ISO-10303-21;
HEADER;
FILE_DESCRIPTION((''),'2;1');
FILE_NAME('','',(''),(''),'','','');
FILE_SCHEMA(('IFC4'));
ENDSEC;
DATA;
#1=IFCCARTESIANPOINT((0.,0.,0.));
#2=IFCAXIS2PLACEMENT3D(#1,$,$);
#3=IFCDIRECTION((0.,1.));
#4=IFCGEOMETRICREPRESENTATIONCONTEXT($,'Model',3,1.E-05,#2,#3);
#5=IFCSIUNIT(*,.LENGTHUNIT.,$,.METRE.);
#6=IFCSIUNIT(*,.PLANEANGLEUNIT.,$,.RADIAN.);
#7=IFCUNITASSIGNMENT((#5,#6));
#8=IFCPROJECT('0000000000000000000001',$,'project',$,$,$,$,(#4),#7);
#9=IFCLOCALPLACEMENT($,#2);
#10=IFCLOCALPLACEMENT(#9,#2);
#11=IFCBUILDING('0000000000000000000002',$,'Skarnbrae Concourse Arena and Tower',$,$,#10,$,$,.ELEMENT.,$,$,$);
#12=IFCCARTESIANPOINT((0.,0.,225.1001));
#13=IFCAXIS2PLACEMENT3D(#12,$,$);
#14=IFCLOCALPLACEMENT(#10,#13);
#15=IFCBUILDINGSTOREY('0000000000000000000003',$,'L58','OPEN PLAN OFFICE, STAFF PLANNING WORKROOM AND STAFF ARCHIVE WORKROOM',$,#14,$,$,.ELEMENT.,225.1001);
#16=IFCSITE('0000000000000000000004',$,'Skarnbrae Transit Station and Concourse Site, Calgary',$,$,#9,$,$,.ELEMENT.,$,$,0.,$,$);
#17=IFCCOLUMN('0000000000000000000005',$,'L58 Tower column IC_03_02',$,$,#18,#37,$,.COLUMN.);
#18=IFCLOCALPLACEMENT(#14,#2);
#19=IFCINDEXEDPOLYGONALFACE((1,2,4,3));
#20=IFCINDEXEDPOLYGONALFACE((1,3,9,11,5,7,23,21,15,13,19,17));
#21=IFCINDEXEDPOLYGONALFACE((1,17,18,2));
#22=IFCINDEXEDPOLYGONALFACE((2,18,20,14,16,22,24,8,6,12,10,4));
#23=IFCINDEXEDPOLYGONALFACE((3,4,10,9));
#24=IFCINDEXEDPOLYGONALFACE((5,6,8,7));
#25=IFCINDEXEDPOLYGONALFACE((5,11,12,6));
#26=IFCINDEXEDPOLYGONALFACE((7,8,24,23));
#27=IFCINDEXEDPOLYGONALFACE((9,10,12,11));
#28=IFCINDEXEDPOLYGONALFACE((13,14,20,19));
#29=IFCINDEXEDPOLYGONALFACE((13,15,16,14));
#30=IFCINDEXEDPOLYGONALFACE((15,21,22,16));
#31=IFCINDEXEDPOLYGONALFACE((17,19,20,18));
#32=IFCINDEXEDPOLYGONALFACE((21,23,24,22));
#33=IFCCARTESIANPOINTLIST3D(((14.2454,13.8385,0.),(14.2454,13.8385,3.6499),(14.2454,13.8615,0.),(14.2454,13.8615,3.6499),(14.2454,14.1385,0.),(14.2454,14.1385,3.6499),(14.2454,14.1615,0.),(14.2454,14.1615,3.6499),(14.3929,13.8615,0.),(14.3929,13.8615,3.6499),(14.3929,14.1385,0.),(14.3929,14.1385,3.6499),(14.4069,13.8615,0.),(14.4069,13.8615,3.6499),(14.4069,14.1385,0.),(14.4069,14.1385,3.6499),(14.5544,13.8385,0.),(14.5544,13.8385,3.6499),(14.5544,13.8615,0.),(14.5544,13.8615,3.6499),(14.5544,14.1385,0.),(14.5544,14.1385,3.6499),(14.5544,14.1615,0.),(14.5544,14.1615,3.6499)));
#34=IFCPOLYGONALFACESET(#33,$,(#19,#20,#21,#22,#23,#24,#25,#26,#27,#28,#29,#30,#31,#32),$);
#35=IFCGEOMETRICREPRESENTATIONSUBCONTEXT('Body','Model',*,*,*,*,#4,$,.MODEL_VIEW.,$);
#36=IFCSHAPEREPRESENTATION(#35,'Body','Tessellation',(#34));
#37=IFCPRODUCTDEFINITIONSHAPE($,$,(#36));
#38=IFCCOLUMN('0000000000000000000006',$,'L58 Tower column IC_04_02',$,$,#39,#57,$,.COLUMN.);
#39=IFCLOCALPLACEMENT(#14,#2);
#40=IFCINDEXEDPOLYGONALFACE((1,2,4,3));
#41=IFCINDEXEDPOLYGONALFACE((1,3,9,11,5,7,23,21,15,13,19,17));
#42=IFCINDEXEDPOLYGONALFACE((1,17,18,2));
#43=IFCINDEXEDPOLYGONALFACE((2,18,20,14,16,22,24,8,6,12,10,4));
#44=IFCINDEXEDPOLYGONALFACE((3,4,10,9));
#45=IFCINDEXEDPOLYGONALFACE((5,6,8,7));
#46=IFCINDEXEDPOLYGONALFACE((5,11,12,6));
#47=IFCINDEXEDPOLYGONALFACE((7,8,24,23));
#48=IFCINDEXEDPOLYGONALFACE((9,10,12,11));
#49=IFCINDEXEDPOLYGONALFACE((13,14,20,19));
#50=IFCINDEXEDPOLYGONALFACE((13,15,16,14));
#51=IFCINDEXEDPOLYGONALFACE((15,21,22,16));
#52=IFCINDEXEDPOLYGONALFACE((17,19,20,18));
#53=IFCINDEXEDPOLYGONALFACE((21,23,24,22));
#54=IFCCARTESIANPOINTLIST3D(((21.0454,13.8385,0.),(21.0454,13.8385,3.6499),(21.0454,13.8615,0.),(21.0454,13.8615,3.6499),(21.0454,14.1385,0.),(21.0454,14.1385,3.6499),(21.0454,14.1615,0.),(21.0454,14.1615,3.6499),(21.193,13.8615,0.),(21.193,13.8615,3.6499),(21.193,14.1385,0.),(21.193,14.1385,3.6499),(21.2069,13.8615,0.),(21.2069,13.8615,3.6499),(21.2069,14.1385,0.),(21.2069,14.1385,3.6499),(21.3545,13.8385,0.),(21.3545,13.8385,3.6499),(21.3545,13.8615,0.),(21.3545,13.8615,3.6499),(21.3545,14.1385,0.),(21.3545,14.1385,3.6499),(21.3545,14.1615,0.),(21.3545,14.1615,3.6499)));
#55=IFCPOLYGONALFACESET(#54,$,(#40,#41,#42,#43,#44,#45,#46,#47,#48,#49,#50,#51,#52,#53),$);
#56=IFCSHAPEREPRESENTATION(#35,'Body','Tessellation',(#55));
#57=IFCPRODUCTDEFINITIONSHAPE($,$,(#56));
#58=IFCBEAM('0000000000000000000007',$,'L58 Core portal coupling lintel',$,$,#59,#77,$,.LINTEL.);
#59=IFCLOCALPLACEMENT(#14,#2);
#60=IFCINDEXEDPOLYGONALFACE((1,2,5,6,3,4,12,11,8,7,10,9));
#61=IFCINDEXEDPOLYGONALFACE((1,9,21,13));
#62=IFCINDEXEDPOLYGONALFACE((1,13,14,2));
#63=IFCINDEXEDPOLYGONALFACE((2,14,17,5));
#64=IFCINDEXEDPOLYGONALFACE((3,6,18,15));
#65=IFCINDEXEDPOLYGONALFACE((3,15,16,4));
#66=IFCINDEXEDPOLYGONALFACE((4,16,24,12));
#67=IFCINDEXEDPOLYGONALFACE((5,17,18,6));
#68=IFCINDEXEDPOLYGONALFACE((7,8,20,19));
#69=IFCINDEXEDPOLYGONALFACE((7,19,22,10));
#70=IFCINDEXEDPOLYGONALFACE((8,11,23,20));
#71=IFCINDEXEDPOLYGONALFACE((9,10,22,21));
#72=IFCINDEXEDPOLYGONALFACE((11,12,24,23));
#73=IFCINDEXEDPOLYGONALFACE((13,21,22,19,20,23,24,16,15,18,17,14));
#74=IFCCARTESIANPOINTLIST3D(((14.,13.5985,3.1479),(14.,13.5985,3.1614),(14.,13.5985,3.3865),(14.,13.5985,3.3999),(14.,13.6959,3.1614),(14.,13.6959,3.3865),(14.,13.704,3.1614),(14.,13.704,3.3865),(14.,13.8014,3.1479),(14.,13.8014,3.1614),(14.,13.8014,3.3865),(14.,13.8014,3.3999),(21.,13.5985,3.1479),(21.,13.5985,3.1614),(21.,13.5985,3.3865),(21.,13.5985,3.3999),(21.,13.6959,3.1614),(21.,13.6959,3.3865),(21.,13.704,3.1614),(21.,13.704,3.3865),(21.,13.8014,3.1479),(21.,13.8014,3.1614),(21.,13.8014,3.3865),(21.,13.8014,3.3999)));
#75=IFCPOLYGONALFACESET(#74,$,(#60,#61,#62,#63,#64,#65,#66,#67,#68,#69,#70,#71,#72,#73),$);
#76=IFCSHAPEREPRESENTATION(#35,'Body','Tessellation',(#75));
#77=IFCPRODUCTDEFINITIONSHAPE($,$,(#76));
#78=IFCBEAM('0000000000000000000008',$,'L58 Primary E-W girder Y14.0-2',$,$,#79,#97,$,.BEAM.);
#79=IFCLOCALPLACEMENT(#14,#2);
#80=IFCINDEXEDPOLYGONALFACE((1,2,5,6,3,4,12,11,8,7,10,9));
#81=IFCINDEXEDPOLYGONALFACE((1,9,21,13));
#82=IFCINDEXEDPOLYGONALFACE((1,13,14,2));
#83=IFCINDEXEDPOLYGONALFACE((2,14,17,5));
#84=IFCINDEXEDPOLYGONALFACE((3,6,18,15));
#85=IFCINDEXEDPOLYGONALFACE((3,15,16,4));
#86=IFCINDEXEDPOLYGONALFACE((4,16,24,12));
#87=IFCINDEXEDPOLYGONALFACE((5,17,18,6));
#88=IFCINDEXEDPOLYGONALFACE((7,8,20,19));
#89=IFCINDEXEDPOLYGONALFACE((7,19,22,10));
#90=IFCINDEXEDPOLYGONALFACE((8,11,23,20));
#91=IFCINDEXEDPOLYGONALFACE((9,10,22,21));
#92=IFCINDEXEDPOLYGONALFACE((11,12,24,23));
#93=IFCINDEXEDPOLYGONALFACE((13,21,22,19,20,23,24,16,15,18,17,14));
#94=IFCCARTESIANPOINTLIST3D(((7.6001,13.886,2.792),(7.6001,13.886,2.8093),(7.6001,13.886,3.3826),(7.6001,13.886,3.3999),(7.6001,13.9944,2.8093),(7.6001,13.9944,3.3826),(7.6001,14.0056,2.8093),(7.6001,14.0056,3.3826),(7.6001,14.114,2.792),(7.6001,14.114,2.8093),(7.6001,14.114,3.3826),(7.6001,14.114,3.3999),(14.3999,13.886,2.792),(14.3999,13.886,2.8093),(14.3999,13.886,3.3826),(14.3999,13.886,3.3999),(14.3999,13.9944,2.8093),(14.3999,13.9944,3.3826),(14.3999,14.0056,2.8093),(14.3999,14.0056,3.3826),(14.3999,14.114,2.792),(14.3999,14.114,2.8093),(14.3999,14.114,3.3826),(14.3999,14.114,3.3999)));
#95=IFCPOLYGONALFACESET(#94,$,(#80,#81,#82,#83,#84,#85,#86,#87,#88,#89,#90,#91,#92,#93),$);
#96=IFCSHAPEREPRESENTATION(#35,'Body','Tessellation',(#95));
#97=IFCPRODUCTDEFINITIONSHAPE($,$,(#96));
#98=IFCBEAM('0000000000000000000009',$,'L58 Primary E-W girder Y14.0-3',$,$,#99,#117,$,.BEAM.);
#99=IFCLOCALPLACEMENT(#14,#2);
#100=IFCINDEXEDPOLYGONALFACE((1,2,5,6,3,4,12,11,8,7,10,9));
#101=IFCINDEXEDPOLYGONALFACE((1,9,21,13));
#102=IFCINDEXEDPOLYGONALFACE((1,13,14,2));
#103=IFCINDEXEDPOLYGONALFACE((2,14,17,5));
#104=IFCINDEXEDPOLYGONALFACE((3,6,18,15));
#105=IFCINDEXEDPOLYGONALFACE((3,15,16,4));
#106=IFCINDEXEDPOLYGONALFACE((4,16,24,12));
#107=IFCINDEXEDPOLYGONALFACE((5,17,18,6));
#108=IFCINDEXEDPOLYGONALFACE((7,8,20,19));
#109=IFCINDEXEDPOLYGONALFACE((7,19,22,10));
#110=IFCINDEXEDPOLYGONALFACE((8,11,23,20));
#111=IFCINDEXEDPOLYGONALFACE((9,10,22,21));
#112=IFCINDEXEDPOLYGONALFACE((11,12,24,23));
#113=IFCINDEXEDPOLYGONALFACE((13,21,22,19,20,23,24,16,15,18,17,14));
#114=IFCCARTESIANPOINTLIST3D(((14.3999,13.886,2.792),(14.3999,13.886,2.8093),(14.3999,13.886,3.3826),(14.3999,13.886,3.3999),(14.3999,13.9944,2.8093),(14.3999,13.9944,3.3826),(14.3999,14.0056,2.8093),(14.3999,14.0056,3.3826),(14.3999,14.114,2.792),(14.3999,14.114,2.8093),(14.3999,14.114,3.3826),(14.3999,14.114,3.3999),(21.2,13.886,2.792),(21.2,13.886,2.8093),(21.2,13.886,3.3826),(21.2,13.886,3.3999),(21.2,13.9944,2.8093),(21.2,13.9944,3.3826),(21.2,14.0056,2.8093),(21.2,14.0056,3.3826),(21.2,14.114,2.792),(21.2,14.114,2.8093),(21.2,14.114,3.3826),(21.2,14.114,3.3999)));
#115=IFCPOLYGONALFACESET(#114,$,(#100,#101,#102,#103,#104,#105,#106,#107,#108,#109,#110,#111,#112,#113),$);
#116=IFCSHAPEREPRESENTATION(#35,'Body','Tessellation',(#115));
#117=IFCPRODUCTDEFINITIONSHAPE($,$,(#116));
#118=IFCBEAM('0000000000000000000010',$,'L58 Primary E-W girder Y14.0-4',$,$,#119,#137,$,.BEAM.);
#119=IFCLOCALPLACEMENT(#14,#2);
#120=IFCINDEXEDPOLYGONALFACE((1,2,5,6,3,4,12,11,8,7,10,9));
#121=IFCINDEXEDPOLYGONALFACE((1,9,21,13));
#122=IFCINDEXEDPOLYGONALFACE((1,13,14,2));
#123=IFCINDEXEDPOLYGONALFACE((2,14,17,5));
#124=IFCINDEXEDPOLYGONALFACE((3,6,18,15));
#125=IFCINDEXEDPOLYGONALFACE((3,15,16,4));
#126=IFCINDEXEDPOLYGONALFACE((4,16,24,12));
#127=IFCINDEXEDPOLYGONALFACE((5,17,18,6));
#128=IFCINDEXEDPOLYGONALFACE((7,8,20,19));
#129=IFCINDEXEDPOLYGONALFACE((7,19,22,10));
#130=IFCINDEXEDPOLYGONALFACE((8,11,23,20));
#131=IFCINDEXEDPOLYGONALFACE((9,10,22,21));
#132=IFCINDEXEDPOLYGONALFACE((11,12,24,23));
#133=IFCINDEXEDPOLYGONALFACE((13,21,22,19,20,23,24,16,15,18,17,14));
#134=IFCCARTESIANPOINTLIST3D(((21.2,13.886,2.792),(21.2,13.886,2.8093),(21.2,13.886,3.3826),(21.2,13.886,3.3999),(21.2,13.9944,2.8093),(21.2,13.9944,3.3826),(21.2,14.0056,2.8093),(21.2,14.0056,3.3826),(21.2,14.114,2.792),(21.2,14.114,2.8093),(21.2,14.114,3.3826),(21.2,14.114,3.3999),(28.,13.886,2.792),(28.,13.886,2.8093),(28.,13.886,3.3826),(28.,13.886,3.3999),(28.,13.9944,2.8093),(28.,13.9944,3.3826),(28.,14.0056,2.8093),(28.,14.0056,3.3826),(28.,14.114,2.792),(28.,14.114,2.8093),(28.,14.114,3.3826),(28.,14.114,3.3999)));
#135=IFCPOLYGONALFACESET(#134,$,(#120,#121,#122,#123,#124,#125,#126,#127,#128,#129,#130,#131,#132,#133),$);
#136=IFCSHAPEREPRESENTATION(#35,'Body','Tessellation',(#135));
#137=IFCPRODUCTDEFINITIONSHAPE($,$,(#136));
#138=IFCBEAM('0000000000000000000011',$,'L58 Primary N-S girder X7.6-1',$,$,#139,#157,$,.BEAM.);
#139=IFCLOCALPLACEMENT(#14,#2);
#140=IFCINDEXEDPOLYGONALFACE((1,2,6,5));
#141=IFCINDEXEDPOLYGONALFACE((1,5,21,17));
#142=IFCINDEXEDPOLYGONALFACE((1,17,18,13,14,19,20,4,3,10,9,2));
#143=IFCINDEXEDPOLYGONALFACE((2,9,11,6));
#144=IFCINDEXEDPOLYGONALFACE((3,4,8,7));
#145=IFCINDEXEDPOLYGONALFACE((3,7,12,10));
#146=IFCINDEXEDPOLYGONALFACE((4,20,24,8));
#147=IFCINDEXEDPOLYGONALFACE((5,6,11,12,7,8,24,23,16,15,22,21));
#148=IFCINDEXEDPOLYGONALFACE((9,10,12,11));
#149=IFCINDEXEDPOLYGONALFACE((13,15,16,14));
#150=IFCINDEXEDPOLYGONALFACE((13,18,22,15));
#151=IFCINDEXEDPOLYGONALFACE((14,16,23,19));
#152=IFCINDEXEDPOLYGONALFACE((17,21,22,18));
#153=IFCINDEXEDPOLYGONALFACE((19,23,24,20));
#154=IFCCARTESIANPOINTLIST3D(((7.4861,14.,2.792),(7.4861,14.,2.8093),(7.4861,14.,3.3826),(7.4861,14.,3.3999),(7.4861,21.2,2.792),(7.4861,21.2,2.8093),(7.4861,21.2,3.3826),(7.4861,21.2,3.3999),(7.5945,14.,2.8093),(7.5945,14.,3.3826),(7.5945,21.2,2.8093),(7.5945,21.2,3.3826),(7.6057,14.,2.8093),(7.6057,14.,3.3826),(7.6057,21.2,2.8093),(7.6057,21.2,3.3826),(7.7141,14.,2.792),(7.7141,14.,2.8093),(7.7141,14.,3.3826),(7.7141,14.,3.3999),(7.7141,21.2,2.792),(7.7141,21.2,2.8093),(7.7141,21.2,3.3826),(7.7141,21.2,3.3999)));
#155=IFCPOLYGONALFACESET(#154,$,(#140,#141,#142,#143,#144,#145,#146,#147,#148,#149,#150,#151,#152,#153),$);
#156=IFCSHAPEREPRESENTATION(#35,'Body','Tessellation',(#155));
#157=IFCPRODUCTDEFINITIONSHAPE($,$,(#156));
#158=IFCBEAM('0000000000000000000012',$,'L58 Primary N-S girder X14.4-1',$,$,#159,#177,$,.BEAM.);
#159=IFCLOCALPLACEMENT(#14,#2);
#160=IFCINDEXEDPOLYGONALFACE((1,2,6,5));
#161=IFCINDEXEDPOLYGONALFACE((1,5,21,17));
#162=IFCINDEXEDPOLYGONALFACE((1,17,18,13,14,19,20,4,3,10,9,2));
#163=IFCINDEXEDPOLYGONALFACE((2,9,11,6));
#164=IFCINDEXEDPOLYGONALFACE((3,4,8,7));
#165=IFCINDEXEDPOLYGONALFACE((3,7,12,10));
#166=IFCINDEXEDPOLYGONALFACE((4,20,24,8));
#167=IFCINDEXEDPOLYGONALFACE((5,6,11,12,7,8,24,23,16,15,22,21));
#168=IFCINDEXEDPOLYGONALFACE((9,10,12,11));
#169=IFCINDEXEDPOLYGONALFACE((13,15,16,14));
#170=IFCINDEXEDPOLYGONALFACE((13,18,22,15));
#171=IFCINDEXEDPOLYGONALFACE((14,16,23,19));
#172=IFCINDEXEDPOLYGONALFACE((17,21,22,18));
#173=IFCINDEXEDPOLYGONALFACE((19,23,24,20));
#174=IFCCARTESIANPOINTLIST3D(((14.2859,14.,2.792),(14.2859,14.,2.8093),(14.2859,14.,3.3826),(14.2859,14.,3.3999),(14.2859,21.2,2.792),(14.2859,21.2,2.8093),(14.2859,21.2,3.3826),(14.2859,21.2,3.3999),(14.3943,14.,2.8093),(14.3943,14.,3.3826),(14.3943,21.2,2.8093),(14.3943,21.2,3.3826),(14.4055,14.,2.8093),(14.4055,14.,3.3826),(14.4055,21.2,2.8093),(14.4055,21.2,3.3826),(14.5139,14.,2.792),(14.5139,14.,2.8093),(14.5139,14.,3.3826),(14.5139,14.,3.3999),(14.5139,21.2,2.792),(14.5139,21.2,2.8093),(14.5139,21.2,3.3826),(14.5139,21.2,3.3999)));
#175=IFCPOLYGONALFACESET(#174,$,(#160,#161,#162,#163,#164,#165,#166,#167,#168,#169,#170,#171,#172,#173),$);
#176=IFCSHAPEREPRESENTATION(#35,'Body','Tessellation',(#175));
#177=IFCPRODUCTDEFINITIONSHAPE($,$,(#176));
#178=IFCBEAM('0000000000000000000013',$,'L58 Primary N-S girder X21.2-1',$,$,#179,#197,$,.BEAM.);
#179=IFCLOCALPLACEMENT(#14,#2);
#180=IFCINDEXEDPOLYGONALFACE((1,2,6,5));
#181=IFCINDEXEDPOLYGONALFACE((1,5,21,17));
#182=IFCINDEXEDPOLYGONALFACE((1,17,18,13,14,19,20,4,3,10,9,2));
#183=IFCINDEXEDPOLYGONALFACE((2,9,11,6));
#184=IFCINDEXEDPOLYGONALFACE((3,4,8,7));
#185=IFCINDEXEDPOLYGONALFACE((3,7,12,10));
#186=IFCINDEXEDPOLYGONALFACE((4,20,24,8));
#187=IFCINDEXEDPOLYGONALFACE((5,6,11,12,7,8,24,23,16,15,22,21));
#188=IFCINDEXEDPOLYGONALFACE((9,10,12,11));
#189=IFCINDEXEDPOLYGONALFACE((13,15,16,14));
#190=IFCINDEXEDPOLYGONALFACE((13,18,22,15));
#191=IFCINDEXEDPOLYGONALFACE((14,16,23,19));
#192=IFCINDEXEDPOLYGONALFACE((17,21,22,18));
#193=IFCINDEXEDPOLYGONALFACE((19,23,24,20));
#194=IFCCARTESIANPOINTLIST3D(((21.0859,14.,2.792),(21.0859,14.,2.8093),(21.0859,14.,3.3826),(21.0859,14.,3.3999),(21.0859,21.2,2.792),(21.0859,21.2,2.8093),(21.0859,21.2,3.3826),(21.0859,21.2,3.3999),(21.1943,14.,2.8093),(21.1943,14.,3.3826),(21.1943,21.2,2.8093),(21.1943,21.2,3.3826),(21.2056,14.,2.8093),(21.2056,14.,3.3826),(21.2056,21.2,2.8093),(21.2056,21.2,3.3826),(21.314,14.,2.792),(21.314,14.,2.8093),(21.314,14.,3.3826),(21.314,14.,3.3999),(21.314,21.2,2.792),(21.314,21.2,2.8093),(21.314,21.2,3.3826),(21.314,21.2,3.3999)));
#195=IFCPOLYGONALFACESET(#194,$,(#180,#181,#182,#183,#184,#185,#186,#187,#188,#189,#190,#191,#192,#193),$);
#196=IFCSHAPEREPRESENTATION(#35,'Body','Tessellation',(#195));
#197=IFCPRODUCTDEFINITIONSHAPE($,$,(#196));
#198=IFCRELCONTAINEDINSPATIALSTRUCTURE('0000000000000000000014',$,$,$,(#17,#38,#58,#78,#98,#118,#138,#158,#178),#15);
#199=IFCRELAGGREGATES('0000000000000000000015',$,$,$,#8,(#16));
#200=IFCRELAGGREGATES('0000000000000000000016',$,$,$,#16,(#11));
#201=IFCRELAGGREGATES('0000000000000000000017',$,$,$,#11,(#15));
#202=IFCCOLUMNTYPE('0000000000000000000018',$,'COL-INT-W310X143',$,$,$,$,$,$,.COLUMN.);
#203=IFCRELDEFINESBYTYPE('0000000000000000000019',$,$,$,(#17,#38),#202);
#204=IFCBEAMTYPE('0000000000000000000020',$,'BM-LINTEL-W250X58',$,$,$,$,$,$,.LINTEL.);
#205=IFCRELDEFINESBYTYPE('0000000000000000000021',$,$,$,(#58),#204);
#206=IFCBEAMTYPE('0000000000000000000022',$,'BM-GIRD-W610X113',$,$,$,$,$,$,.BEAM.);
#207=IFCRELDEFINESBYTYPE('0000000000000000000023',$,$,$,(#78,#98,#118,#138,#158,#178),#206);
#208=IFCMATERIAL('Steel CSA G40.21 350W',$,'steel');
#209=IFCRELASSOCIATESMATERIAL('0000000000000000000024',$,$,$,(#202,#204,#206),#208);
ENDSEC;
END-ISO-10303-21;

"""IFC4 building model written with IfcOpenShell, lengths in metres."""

from ifc_helpers import new_model, si_unit, direction, frame, origin, origin_2d, place, context, subcontext, project, spatial, i_section, extrude, source, transform, mapped, material, material_profile, profile_set, type_object, element, save


model = new_model("IFC4")

# Units and contexts
model_context = context("Model", 3, precision=1e-05, world=origin(), true_north=direction((0.0, 1.0)))
body_context = subcontext(model_context, "Body", "Model", "MODEL_VIEW")
ifc_project = project(units=[si_unit("LENGTHUNIT", "METRE"), si_unit("PLANEANGLEUNIT", "RADIAN")], contexts=[model_context])

# Site, building, storey
site_placement = place(None, origin())
site = spatial("IfcSite", under=ifc_project, at=site_placement, Name="Skarnbrae Transit Station and Concourse Site, Calgary", CompositionType="ELEMENT", RefElevation=0.0)
building_placement = place(site_placement, origin())
building = spatial("IfcBuilding", under=site, at=building_placement, Name="Skarnbrae Concourse Arena and Tower", CompositionType="ELEMENT")
storey_placement = place(building_placement, frame((0.0, 0.0, 225.1001)))
storey = spatial("IfcBuildingStorey", under=building, at=storey_placement, Name="L58", Description="OPEN PLAN OFFICE, STAFF PLANNING WORKROOM AND STAFF ARCHIVE WORKROOM", CompositionType="ELEMENT", Elevation=225.1001)

# Columns
ifc_material_1 = material(Name="Steel CSA G40.21 350W", Category="steel")
ifc_material_profile_1 = material_profile(ifc_material_1, i_section(OverallWidth=0.3091, OverallDepth=0.323, WebThickness=0.0139, FlangeThickness=0.0229, at=origin_2d()), Name="W310X143")
ifc_profile_set_1 = profile_set([ifc_material_profile_1], Name="Steel CSA G40.21 350W")
column_type = type_object("IfcColumnType", Name="COL-INT-W310X143", PredefinedType="COLUMN", material=ifc_profile_set_1)
shared_shape_1 = source(origin(), body_context, "Body", "SweptSolid", [
    extrude(i_section(OverallWidth=0.3091, OverallDepth=0.323, WebThickness=0.0139, FlangeThickness=0.0229, at=origin_2d()), origin(), (0.0, 0.0, 1.0), 3.6499),
])
for number, where, z_axis, x_axis, name in (
    (1, (14.3999, 14.0, 0.0), (0.0, 0.0, 1.0), (1.0, 0.0, 0.0), "L58 Tower column IC_03_02"),
    (2, (21.2, 14.0, 0.0), (0.0, 0.0, 1.0), (1.0, 0.0, 0.0), "L58 Tower column IC_04_02"),
):
    element("IfcColumn", number, at=place(storey_placement, frame(where, z_axis=z_axis, x_axis=x_axis)), inside=storey, type_object=column_type, Name=name, PredefinedType="COLUMN", context=body_context, shape_type="MappedRepresentation", body=[
        mapped(shared_shape_1, transform((0.0, 0.0, 0.0))),
    ])

# Beams
ifc_material_profile_2 = material_profile(ifc_material_1, i_section(OverallWidth=0.2029, OverallDepth=0.252, WebThickness=0.0081, FlangeThickness=0.0134, at=origin_2d()), Name="W250X58")
ifc_profile_set_2 = profile_set([ifc_material_profile_2], Name="Steel CSA G40.21 350W")
beam_type_1 = type_object("IfcBeamType", Name="BM-LINTEL-W250X58", PredefinedType="LINTEL", material=ifc_profile_set_2)
shared_shape_2 = source(origin(), body_context, "Body", "SweptSolid", [
    extrude(i_section(OverallWidth=0.2029, OverallDepth=0.252, WebThickness=0.0081, FlangeThickness=0.0134, at=origin_2d()), origin(), (0.0, 0.0, 1.0), 7.0),
])
beam_1_placement = place(storey_placement, frame((14.0, 13.7, 3.2739), z_axis=(1.0, 0.0, 0.0), x_axis=(0.0, 1.0, 0.0)))
element("IfcBeam", 3, at=beam_1_placement, inside=storey, type_object=beam_type_1, Name="L58 Core portal coupling lintel", PredefinedType="LINTEL", context=body_context, shape_type="MappedRepresentation", body=[
    mapped(shared_shape_2, transform((0.0, 0.0, 0.0))),
])
ifc_material_profile_3 = material_profile(ifc_material_1, i_section(OverallWidth=0.228, OverallDepth=0.6079, WebThickness=0.0112, FlangeThickness=0.0173, at=origin_2d()), Name="W610X113")
ifc_profile_set_3 = profile_set([ifc_material_profile_3], Name="Steel CSA G40.21 350W")
beam_type_2 = type_object("IfcBeamType", Name="BM-GIRD-W610X113", PredefinedType="BEAM", material=ifc_profile_set_3)
shared_shape_3 = source(origin(), body_context, "Body", "SweptSolid", [
    extrude(i_section(OverallWidth=0.228, OverallDepth=0.6079, WebThickness=0.0112, FlangeThickness=0.0173, at=origin_2d()), origin(), (0.0, 0.0, 1.0), 6.7998),
])
beam_2_placement = place(storey_placement, frame((7.6001, 14.0, 3.0959), z_axis=(1.0, 0.0, 0.0), x_axis=(0.0, 1.0, 0.0)))
element("IfcBeam", 4, at=beam_2_placement, inside=storey, type_object=beam_type_2, Name="L58 Primary E-W girder Y14.0-2", PredefinedType="BEAM", context=body_context, shape_type="MappedRepresentation", body=[
    mapped(shared_shape_3, transform((0.0, 0.0, 0.0))),
])
shared_shape_4 = source(origin(), body_context, "Body", "SweptSolid", [
    extrude(i_section(OverallWidth=0.228, OverallDepth=0.6079, WebThickness=0.0112, FlangeThickness=0.0173, at=origin_2d()), origin(), (0.0, 0.0, 1.0), 6.8),
])
for number, where, z_axis, x_axis, name in (
    (5, (14.3999, 14.0, 3.0959), (1.0, 0.0, 0.0), (0.0, 1.0, 0.0), "L58 Primary E-W girder Y14.0-3"),
    (6, (21.2, 14.0, 3.0959), (1.0, 0.0, 0.0), (0.0, 1.0, 0.0), "L58 Primary E-W girder Y14.0-4"),
):
    element("IfcBeam", number, at=place(storey_placement, frame(where, z_axis=z_axis, x_axis=x_axis)), inside=storey, type_object=beam_type_2, Name=name, PredefinedType="BEAM", context=body_context, shape_type="MappedRepresentation", body=[
        mapped(shared_shape_4, transform((0.0, 0.0, 0.0))),
    ])
shared_shape_5 = source(origin(), body_context, "Body", "SweptSolid", [
    extrude(i_section(OverallWidth=0.228, OverallDepth=0.6079, WebThickness=0.0112, FlangeThickness=0.0173, at=origin_2d()), origin(), (0.0, 0.0, 1.0), 7.2),
])
for number, where, z_axis, x_axis, name in (
    (7, (7.6001, 14.0, 3.0959), (0.0, 1.0, 0.0), (-1.0, 0.0, 0.0), "L58 Primary N-S girder X7.6-1"),
    (8, (14.3999, 14.0, 3.0959), (0.0, 1.0, 0.0), (-1.0, 0.0, 0.0), "L58 Primary N-S girder X14.4-1"),
    (9, (21.2, 14.0, 3.0959), (0.0, 1.0, 0.0), (-1.0, 0.0, 0.0), "L58 Primary N-S girder X21.2-1"),
):
    element("IfcBeam", number, at=place(storey_placement, frame(where, z_axis=z_axis, x_axis=x_axis)), inside=storey, type_object=beam_type_2, Name=name, PredefinedType="BEAM", context=body_context, shape_type="MappedRepresentation", body=[
        mapped(shared_shape_5, transform((0.0, 0.0, 0.0))),
    ])

save(model, "model.ifc")
